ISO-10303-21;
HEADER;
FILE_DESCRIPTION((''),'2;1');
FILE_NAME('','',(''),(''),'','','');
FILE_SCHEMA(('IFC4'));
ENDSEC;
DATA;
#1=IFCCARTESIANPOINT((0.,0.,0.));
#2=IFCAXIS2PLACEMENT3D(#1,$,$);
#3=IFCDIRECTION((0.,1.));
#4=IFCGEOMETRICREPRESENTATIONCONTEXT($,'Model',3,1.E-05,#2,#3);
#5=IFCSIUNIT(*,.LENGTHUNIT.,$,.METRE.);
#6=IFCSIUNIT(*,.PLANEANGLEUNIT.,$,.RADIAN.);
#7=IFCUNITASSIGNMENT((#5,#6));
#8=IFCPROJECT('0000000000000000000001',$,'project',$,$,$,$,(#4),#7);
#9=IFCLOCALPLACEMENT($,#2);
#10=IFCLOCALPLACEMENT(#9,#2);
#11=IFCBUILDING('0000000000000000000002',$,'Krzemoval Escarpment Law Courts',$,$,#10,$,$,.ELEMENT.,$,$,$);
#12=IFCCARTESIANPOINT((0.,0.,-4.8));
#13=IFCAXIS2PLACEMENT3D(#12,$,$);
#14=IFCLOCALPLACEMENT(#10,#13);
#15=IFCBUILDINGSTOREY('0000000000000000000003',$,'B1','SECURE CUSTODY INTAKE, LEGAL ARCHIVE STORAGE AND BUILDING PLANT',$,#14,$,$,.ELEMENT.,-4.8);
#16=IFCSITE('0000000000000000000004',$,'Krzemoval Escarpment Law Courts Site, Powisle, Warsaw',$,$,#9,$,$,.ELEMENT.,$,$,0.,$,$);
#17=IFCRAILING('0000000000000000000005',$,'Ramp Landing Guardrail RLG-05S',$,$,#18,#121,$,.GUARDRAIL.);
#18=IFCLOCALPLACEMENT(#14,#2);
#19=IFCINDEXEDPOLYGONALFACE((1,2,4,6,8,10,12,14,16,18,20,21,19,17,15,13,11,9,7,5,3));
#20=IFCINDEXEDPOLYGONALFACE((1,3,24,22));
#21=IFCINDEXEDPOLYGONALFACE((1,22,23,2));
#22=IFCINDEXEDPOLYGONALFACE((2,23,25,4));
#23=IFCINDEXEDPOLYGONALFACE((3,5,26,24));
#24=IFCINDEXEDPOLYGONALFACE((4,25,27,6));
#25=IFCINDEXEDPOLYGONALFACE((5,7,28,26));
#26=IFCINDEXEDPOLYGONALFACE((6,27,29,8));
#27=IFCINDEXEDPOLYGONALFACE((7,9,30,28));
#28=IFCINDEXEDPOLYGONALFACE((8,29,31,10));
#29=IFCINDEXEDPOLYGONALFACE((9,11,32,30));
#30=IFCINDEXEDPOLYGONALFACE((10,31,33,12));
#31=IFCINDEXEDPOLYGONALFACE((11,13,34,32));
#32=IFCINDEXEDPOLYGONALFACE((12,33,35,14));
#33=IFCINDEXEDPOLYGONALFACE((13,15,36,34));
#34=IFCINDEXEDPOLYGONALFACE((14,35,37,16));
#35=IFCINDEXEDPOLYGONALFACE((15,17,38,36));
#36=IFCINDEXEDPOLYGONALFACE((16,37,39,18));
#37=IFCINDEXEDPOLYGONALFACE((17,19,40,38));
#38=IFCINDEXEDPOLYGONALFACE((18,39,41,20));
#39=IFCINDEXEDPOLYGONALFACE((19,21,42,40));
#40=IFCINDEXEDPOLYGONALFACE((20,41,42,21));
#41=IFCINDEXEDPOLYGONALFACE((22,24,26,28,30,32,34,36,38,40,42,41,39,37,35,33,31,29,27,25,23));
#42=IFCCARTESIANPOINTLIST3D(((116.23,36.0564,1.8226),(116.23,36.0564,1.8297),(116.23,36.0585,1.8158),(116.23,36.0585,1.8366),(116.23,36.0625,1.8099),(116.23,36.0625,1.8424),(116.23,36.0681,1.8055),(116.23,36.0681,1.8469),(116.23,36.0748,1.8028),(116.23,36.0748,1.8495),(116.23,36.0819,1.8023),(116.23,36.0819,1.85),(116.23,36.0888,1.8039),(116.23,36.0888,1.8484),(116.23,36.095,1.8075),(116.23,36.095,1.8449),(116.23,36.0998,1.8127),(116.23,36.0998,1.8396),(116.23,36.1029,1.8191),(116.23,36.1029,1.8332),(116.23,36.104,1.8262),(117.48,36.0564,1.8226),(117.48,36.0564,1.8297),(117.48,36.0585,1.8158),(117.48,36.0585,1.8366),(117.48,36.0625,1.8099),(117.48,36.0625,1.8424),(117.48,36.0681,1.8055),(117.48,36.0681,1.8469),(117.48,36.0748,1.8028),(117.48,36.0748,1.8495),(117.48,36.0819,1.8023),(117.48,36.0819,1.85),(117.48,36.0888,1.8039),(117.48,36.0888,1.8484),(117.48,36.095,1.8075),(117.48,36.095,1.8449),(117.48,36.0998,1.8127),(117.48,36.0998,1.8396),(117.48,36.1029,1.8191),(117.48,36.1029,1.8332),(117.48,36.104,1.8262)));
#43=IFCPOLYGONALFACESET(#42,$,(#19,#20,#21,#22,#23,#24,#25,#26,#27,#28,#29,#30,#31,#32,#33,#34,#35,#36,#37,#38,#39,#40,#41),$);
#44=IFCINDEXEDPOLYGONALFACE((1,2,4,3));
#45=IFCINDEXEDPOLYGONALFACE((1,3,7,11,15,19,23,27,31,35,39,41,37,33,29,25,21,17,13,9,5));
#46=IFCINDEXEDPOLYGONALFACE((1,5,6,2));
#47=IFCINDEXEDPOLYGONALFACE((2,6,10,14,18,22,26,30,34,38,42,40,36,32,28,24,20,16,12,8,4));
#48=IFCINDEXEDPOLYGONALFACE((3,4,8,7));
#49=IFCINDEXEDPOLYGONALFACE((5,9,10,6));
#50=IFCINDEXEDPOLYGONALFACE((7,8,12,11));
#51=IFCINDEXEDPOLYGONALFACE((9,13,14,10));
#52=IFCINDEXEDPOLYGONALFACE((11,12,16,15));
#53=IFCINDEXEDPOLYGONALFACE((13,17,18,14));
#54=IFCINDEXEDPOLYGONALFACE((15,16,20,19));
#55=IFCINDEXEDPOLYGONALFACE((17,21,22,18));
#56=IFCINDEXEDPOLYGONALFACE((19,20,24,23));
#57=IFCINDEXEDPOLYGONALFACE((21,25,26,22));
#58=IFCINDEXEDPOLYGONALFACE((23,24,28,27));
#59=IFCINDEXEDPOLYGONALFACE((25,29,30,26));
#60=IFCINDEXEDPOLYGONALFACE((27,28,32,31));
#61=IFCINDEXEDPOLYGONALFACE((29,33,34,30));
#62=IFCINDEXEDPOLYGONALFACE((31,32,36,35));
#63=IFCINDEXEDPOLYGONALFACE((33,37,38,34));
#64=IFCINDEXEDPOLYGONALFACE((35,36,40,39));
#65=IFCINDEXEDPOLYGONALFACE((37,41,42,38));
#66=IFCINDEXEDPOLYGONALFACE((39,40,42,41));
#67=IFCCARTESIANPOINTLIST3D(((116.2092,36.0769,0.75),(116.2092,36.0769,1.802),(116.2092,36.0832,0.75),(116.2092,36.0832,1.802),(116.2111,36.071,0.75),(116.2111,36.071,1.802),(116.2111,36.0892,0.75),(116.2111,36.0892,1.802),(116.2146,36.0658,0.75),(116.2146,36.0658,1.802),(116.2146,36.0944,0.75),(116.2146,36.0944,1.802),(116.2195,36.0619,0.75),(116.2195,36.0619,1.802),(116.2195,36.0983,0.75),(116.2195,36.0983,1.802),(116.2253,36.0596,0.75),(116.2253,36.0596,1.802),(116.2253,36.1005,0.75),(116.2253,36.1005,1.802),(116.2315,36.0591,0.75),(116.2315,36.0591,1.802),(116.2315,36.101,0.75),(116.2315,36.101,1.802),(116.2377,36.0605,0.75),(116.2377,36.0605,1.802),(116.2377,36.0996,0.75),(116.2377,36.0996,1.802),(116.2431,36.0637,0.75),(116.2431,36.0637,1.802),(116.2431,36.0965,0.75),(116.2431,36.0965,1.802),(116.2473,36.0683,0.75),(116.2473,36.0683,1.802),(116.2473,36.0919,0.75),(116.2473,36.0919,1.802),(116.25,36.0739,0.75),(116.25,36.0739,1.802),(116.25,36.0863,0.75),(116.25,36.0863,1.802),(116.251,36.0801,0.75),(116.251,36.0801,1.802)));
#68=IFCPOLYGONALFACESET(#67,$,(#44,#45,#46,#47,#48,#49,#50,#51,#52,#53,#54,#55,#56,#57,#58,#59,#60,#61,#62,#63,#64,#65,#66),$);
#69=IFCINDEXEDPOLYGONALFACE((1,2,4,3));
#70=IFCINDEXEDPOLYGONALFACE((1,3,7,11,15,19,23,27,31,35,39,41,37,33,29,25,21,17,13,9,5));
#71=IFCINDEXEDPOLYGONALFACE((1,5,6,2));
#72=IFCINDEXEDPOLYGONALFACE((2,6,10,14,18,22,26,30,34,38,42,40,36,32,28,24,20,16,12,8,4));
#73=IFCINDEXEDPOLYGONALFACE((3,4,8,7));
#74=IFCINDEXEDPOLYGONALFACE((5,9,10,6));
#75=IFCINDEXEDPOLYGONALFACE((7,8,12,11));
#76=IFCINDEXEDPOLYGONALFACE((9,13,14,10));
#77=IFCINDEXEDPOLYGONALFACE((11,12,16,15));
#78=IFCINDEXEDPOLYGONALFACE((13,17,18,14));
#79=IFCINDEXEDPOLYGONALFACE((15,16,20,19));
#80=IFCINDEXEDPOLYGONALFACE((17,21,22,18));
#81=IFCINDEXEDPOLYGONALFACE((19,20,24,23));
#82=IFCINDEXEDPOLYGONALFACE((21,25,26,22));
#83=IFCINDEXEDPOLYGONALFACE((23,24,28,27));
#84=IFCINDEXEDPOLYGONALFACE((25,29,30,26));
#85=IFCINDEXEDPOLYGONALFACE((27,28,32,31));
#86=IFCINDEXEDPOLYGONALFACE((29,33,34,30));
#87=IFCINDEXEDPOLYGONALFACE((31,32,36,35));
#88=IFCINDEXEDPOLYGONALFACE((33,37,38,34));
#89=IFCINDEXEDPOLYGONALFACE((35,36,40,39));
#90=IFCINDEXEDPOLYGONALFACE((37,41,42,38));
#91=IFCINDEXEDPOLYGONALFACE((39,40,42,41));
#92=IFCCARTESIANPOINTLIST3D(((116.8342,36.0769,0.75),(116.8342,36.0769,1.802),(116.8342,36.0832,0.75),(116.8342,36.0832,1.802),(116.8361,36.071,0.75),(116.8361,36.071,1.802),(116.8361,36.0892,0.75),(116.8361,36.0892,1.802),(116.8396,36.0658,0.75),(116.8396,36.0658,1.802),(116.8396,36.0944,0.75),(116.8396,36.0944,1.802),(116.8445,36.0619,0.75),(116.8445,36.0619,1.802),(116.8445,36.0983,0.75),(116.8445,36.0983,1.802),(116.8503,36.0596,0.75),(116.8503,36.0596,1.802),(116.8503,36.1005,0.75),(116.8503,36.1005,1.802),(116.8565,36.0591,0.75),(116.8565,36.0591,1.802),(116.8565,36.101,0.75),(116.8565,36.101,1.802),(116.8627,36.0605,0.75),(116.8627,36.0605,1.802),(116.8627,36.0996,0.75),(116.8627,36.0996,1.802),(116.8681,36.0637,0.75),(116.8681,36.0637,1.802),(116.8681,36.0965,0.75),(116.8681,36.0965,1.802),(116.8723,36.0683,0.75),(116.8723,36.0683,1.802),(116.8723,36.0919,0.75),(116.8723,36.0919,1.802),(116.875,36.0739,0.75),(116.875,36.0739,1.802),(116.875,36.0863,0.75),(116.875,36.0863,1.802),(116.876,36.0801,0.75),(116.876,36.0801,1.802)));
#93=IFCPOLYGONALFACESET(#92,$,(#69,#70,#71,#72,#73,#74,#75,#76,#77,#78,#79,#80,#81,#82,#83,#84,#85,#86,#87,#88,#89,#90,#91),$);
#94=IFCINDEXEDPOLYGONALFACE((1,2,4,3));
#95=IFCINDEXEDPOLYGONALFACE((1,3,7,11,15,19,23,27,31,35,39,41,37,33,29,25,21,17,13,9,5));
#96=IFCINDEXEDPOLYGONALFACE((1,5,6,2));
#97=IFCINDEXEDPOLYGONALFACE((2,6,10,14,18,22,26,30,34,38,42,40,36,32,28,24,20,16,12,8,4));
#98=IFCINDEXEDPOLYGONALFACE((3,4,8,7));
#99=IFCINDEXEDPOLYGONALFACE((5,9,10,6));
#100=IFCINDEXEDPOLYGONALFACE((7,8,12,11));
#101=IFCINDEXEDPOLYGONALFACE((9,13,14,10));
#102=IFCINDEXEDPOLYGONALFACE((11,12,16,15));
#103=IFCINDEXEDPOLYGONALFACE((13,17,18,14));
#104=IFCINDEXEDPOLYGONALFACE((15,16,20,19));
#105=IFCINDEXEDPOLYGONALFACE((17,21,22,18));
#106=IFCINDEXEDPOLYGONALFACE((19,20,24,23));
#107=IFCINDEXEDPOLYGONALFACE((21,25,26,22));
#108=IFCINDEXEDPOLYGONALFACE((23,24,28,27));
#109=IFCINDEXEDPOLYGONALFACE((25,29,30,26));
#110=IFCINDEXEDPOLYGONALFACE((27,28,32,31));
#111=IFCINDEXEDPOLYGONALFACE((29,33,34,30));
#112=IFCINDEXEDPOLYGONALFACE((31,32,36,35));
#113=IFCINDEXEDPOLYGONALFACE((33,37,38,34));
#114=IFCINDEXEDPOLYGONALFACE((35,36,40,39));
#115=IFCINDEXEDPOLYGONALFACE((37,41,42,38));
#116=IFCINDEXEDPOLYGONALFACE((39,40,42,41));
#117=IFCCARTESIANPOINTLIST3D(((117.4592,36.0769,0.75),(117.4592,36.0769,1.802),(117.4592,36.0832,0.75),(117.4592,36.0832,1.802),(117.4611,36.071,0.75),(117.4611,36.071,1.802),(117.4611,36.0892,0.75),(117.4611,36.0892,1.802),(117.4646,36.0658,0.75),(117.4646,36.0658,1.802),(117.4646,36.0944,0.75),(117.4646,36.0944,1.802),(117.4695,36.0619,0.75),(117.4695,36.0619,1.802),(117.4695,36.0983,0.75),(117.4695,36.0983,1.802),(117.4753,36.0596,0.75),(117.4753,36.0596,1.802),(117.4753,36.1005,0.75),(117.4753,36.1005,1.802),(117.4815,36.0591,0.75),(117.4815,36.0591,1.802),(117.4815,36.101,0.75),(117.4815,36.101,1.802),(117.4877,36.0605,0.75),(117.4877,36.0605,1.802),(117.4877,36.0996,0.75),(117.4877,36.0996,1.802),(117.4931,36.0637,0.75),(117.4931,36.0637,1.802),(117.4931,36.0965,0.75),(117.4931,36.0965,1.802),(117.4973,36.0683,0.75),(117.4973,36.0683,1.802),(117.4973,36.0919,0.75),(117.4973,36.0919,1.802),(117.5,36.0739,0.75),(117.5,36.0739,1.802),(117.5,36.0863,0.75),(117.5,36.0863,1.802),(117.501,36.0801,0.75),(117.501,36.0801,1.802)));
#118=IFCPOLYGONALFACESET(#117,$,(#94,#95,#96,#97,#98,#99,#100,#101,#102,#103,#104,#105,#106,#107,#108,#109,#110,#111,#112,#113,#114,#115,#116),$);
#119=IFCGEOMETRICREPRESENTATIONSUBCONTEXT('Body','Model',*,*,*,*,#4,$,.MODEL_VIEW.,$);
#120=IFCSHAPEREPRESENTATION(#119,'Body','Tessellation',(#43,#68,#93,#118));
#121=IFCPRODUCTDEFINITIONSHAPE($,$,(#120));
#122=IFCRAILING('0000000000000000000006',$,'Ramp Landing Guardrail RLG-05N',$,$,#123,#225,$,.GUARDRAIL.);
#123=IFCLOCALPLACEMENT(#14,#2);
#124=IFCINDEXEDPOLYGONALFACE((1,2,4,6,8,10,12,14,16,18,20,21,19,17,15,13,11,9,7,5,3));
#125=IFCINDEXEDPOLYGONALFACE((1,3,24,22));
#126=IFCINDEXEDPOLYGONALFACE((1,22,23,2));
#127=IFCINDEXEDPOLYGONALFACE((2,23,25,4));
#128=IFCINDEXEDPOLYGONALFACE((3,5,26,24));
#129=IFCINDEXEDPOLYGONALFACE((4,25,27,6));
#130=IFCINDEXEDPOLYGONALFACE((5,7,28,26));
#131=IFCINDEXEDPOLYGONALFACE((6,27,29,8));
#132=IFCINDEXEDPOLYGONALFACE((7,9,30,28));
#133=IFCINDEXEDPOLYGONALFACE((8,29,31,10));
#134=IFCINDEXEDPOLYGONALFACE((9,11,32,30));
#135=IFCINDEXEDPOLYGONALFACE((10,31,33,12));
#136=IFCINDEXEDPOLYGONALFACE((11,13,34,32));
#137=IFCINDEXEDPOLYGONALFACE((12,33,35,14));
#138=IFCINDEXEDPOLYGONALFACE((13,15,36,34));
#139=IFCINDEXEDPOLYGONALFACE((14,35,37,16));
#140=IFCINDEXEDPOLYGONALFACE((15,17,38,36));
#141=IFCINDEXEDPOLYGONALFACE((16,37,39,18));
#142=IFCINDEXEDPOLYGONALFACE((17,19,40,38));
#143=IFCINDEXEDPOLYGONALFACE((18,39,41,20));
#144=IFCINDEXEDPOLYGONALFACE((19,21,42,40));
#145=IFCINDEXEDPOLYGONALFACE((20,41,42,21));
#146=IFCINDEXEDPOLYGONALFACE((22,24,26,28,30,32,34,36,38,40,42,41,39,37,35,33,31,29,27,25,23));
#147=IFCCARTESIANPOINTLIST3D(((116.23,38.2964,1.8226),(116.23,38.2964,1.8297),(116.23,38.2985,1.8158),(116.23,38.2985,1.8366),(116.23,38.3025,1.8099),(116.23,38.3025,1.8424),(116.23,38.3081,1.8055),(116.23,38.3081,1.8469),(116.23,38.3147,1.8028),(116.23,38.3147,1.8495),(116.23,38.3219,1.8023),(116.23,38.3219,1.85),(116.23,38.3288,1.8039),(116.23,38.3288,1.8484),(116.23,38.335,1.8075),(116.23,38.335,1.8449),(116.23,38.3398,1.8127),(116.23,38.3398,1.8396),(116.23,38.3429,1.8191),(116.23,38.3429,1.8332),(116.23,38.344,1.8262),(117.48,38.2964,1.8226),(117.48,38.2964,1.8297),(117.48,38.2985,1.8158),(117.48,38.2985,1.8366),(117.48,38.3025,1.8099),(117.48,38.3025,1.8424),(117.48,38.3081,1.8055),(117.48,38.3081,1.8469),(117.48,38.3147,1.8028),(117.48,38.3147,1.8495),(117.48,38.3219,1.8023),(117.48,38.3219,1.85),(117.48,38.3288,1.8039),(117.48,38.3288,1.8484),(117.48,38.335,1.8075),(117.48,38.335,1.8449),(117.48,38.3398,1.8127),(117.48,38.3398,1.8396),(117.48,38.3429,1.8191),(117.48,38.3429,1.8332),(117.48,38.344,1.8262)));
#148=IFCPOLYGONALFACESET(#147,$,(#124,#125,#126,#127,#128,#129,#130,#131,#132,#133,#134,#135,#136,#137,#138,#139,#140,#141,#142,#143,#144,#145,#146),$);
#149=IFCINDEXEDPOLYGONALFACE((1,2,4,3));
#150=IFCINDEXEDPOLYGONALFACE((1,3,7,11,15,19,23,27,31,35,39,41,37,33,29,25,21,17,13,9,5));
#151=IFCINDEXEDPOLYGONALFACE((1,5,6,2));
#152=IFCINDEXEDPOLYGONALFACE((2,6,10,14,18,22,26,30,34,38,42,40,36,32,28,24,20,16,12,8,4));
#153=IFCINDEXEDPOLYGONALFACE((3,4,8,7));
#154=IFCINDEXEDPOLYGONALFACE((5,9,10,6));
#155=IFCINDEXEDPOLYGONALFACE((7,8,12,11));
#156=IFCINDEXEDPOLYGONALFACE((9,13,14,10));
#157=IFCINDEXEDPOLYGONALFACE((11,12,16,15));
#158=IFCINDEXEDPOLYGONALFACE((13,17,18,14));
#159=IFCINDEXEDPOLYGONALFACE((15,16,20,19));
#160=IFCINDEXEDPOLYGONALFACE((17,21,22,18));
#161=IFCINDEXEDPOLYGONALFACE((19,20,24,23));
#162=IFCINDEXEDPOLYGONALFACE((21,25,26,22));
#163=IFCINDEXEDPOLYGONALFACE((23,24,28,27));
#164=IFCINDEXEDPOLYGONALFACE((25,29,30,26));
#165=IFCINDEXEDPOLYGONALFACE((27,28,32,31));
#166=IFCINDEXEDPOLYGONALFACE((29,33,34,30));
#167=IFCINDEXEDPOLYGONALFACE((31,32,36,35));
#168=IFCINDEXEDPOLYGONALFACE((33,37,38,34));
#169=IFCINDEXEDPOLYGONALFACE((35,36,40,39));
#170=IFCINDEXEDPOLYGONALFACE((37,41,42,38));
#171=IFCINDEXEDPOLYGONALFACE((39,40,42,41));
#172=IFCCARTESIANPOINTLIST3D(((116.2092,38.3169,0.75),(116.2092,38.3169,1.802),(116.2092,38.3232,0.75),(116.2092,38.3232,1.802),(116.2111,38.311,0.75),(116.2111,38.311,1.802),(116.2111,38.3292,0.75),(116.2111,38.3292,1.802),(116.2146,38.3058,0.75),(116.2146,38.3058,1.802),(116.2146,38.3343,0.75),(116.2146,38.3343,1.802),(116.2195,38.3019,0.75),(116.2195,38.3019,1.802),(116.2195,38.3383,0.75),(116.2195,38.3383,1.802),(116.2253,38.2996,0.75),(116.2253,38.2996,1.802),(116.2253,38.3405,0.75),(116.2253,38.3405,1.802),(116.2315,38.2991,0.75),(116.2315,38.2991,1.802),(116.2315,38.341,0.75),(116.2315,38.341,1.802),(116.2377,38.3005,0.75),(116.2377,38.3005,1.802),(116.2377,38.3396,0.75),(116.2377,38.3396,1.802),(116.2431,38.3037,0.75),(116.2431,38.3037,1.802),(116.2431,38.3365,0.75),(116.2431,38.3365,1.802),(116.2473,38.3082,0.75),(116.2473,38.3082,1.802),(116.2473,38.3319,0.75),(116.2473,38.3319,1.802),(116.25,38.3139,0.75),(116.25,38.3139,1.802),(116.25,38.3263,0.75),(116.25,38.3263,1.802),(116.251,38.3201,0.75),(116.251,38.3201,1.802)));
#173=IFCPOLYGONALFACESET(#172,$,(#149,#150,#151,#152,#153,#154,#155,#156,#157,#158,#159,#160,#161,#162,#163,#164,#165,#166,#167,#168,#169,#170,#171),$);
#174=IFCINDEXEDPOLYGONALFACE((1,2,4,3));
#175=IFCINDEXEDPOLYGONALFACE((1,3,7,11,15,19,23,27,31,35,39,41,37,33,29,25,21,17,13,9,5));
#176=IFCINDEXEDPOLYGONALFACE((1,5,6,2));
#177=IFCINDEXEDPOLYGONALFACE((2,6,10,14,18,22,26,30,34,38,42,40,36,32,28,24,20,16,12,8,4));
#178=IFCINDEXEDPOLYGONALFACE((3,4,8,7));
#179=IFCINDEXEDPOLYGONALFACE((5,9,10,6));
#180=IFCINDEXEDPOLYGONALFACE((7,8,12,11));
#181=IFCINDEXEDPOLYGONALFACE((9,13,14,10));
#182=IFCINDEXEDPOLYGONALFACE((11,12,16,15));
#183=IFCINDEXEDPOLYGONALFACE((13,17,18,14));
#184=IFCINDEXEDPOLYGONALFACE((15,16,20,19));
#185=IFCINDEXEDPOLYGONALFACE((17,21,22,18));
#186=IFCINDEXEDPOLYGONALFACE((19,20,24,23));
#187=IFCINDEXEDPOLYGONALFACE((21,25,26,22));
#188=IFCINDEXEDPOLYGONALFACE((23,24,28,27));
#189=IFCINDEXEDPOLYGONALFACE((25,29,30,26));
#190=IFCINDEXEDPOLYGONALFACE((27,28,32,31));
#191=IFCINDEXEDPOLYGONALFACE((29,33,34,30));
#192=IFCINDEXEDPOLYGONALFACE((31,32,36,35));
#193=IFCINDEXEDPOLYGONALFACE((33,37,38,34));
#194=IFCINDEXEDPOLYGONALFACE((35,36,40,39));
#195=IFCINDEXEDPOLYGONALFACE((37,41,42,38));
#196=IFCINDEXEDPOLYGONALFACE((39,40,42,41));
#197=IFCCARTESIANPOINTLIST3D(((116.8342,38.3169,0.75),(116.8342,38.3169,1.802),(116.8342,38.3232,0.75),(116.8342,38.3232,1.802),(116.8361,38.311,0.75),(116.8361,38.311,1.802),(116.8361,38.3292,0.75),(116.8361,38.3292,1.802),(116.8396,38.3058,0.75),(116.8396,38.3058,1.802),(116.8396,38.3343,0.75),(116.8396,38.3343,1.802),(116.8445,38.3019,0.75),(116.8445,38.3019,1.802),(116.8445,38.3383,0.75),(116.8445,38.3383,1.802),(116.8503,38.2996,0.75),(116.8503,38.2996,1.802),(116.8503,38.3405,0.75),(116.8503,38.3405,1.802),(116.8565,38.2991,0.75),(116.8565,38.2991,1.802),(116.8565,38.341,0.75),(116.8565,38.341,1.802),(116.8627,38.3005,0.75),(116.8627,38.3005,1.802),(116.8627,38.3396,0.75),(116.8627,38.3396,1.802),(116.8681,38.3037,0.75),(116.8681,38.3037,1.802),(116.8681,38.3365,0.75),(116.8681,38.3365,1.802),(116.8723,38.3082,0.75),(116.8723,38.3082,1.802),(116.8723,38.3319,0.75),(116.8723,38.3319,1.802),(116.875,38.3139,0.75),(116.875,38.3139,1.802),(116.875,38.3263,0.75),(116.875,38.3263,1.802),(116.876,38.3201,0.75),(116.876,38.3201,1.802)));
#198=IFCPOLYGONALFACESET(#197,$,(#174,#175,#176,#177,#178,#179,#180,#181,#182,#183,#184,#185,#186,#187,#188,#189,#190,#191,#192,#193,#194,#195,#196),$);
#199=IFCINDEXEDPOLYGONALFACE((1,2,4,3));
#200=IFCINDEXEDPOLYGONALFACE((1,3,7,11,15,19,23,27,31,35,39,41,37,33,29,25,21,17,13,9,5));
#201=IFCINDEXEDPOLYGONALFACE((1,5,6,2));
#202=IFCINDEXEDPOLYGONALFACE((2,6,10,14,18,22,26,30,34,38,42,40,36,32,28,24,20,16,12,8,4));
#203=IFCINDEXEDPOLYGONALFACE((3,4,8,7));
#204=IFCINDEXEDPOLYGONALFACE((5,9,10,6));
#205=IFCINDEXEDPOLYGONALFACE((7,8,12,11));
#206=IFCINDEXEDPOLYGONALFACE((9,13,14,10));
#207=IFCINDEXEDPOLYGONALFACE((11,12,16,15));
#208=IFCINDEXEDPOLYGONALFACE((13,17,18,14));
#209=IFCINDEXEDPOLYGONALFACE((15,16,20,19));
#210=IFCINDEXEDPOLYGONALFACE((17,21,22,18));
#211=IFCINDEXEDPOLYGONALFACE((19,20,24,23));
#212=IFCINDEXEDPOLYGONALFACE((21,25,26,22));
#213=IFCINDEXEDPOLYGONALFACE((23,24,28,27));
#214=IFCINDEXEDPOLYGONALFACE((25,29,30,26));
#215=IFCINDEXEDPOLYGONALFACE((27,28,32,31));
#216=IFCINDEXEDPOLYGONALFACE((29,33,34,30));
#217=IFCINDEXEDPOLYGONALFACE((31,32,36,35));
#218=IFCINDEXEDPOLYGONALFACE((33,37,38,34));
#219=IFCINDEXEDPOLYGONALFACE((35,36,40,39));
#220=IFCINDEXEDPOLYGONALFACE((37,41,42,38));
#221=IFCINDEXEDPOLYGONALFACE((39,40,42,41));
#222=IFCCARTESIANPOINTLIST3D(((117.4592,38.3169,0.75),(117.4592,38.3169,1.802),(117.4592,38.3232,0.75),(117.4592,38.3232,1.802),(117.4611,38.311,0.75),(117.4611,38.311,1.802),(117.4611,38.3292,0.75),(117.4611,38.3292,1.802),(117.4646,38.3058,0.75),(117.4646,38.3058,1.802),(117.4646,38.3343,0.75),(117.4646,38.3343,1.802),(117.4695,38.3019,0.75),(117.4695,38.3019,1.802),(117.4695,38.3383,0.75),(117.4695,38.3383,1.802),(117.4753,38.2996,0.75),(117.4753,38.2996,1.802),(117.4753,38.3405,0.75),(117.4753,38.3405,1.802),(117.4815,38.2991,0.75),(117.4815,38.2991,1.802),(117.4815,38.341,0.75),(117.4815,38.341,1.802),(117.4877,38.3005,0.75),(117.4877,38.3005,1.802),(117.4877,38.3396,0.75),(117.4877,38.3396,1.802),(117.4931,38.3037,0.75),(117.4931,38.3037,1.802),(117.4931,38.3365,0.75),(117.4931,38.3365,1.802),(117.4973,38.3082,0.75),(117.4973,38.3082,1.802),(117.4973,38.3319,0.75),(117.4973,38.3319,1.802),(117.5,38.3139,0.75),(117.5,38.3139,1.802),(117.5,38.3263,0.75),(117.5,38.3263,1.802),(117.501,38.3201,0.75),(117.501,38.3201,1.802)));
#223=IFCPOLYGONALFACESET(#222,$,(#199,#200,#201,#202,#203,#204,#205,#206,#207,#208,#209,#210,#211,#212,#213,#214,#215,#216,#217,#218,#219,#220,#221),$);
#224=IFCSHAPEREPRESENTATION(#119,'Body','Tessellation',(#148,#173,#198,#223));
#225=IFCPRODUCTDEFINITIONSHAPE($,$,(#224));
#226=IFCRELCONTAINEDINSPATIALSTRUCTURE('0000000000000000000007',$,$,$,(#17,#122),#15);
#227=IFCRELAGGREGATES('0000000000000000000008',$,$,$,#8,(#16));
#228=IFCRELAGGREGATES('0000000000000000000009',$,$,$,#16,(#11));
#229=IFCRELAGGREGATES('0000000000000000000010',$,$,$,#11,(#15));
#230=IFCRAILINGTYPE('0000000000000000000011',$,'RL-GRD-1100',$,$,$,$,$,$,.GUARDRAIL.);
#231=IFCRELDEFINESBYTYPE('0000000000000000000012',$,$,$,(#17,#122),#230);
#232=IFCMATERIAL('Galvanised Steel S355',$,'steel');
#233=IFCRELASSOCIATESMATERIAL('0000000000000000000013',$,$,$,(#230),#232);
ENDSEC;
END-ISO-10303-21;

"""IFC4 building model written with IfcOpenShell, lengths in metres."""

from ifc_helpers import new_model, si_unit, direction, frame, origin, origin_2d, place, context, subcontext, project, spatial, circle, extrude, material, type_object, element, save


model = new_model("IFC4")

# Units and contexts
model_context = context("Model", 3, precision=1e-05, world=origin(), true_north=direction((0.0, 1.0)))
body_context = subcontext(model_context, "Body", "Model", "MODEL_VIEW")
ifc_project = project(units=[si_unit("LENGTHUNIT", "METRE"), si_unit("PLANEANGLEUNIT", "RADIAN")], contexts=[model_context])

# Site, building, storey
site_placement = place(None, origin())
site = spatial("IfcSite", under=ifc_project, at=site_placement, Name="Krzemoval Escarpment Law Courts Site, Powisle, Warsaw", CompositionType="ELEMENT", RefElevation=0.0)
building_placement = place(site_placement, origin())
building = spatial("IfcBuilding", under=site, at=building_placement, Name="Krzemoval Escarpment Law Courts", CompositionType="ELEMENT")
storey_placement = place(building_placement, frame((0.0, 0.0, -4.8)))
storey = spatial("IfcBuildingStorey", under=building, at=storey_placement, Name="B1", Description="SECURE CUSTODY INTAKE, LEGAL ARCHIVE STORAGE AND BUILDING PLANT", CompositionType="ELEMENT", Elevation=-4.8)

# Railings
ifc_material_1 = material(Name="Galvanised Steel S355", Category="steel")
railing_type_1 = type_object("IfcRailingType", Name="RL-GRD-1100", PredefinedType="GUARDRAIL", material=ifc_material_1)
for number, where, name in (
    (1, (116.23, 36.0801, 0.75), "Ramp Landing Guardrail RLG-05S"),
    (2, (116.23, 38.3201, 0.75), "Ramp Landing Guardrail RLG-05N"),
):
    element("IfcRailing", number, at=place(storey_placement, frame(where)), inside=storey, type_object=railing_type_1, Name=name, PredefinedType="GUARDRAIL", context=body_context, shape_type="SweptSolid", body=[
        extrude(circle(Radius=0.0239, at=origin_2d()), frame((0.0, 0.0, 1.0762), z_axis=(1.0, 0.0, 0.0), x_axis=(0.0, 1.0, 0.0)), (0.0, 0.0, 1.0), 1.25),
        extrude(circle(Radius=0.021, at=origin_2d()), origin(), (0.0, 0.0, 1.0), 1.052),
        extrude(circle(Radius=0.021, at=origin_2d()), frame((0.625, 0.0, 0.0)), (0.0, 0.0, 1.0), 1.052),
        extrude(circle(Radius=0.021, at=origin_2d()), frame((1.25, 0.0, 0.0)), (0.0, 0.0, 1.0), 1.052),
    ])

save(model, "model.ifc")
